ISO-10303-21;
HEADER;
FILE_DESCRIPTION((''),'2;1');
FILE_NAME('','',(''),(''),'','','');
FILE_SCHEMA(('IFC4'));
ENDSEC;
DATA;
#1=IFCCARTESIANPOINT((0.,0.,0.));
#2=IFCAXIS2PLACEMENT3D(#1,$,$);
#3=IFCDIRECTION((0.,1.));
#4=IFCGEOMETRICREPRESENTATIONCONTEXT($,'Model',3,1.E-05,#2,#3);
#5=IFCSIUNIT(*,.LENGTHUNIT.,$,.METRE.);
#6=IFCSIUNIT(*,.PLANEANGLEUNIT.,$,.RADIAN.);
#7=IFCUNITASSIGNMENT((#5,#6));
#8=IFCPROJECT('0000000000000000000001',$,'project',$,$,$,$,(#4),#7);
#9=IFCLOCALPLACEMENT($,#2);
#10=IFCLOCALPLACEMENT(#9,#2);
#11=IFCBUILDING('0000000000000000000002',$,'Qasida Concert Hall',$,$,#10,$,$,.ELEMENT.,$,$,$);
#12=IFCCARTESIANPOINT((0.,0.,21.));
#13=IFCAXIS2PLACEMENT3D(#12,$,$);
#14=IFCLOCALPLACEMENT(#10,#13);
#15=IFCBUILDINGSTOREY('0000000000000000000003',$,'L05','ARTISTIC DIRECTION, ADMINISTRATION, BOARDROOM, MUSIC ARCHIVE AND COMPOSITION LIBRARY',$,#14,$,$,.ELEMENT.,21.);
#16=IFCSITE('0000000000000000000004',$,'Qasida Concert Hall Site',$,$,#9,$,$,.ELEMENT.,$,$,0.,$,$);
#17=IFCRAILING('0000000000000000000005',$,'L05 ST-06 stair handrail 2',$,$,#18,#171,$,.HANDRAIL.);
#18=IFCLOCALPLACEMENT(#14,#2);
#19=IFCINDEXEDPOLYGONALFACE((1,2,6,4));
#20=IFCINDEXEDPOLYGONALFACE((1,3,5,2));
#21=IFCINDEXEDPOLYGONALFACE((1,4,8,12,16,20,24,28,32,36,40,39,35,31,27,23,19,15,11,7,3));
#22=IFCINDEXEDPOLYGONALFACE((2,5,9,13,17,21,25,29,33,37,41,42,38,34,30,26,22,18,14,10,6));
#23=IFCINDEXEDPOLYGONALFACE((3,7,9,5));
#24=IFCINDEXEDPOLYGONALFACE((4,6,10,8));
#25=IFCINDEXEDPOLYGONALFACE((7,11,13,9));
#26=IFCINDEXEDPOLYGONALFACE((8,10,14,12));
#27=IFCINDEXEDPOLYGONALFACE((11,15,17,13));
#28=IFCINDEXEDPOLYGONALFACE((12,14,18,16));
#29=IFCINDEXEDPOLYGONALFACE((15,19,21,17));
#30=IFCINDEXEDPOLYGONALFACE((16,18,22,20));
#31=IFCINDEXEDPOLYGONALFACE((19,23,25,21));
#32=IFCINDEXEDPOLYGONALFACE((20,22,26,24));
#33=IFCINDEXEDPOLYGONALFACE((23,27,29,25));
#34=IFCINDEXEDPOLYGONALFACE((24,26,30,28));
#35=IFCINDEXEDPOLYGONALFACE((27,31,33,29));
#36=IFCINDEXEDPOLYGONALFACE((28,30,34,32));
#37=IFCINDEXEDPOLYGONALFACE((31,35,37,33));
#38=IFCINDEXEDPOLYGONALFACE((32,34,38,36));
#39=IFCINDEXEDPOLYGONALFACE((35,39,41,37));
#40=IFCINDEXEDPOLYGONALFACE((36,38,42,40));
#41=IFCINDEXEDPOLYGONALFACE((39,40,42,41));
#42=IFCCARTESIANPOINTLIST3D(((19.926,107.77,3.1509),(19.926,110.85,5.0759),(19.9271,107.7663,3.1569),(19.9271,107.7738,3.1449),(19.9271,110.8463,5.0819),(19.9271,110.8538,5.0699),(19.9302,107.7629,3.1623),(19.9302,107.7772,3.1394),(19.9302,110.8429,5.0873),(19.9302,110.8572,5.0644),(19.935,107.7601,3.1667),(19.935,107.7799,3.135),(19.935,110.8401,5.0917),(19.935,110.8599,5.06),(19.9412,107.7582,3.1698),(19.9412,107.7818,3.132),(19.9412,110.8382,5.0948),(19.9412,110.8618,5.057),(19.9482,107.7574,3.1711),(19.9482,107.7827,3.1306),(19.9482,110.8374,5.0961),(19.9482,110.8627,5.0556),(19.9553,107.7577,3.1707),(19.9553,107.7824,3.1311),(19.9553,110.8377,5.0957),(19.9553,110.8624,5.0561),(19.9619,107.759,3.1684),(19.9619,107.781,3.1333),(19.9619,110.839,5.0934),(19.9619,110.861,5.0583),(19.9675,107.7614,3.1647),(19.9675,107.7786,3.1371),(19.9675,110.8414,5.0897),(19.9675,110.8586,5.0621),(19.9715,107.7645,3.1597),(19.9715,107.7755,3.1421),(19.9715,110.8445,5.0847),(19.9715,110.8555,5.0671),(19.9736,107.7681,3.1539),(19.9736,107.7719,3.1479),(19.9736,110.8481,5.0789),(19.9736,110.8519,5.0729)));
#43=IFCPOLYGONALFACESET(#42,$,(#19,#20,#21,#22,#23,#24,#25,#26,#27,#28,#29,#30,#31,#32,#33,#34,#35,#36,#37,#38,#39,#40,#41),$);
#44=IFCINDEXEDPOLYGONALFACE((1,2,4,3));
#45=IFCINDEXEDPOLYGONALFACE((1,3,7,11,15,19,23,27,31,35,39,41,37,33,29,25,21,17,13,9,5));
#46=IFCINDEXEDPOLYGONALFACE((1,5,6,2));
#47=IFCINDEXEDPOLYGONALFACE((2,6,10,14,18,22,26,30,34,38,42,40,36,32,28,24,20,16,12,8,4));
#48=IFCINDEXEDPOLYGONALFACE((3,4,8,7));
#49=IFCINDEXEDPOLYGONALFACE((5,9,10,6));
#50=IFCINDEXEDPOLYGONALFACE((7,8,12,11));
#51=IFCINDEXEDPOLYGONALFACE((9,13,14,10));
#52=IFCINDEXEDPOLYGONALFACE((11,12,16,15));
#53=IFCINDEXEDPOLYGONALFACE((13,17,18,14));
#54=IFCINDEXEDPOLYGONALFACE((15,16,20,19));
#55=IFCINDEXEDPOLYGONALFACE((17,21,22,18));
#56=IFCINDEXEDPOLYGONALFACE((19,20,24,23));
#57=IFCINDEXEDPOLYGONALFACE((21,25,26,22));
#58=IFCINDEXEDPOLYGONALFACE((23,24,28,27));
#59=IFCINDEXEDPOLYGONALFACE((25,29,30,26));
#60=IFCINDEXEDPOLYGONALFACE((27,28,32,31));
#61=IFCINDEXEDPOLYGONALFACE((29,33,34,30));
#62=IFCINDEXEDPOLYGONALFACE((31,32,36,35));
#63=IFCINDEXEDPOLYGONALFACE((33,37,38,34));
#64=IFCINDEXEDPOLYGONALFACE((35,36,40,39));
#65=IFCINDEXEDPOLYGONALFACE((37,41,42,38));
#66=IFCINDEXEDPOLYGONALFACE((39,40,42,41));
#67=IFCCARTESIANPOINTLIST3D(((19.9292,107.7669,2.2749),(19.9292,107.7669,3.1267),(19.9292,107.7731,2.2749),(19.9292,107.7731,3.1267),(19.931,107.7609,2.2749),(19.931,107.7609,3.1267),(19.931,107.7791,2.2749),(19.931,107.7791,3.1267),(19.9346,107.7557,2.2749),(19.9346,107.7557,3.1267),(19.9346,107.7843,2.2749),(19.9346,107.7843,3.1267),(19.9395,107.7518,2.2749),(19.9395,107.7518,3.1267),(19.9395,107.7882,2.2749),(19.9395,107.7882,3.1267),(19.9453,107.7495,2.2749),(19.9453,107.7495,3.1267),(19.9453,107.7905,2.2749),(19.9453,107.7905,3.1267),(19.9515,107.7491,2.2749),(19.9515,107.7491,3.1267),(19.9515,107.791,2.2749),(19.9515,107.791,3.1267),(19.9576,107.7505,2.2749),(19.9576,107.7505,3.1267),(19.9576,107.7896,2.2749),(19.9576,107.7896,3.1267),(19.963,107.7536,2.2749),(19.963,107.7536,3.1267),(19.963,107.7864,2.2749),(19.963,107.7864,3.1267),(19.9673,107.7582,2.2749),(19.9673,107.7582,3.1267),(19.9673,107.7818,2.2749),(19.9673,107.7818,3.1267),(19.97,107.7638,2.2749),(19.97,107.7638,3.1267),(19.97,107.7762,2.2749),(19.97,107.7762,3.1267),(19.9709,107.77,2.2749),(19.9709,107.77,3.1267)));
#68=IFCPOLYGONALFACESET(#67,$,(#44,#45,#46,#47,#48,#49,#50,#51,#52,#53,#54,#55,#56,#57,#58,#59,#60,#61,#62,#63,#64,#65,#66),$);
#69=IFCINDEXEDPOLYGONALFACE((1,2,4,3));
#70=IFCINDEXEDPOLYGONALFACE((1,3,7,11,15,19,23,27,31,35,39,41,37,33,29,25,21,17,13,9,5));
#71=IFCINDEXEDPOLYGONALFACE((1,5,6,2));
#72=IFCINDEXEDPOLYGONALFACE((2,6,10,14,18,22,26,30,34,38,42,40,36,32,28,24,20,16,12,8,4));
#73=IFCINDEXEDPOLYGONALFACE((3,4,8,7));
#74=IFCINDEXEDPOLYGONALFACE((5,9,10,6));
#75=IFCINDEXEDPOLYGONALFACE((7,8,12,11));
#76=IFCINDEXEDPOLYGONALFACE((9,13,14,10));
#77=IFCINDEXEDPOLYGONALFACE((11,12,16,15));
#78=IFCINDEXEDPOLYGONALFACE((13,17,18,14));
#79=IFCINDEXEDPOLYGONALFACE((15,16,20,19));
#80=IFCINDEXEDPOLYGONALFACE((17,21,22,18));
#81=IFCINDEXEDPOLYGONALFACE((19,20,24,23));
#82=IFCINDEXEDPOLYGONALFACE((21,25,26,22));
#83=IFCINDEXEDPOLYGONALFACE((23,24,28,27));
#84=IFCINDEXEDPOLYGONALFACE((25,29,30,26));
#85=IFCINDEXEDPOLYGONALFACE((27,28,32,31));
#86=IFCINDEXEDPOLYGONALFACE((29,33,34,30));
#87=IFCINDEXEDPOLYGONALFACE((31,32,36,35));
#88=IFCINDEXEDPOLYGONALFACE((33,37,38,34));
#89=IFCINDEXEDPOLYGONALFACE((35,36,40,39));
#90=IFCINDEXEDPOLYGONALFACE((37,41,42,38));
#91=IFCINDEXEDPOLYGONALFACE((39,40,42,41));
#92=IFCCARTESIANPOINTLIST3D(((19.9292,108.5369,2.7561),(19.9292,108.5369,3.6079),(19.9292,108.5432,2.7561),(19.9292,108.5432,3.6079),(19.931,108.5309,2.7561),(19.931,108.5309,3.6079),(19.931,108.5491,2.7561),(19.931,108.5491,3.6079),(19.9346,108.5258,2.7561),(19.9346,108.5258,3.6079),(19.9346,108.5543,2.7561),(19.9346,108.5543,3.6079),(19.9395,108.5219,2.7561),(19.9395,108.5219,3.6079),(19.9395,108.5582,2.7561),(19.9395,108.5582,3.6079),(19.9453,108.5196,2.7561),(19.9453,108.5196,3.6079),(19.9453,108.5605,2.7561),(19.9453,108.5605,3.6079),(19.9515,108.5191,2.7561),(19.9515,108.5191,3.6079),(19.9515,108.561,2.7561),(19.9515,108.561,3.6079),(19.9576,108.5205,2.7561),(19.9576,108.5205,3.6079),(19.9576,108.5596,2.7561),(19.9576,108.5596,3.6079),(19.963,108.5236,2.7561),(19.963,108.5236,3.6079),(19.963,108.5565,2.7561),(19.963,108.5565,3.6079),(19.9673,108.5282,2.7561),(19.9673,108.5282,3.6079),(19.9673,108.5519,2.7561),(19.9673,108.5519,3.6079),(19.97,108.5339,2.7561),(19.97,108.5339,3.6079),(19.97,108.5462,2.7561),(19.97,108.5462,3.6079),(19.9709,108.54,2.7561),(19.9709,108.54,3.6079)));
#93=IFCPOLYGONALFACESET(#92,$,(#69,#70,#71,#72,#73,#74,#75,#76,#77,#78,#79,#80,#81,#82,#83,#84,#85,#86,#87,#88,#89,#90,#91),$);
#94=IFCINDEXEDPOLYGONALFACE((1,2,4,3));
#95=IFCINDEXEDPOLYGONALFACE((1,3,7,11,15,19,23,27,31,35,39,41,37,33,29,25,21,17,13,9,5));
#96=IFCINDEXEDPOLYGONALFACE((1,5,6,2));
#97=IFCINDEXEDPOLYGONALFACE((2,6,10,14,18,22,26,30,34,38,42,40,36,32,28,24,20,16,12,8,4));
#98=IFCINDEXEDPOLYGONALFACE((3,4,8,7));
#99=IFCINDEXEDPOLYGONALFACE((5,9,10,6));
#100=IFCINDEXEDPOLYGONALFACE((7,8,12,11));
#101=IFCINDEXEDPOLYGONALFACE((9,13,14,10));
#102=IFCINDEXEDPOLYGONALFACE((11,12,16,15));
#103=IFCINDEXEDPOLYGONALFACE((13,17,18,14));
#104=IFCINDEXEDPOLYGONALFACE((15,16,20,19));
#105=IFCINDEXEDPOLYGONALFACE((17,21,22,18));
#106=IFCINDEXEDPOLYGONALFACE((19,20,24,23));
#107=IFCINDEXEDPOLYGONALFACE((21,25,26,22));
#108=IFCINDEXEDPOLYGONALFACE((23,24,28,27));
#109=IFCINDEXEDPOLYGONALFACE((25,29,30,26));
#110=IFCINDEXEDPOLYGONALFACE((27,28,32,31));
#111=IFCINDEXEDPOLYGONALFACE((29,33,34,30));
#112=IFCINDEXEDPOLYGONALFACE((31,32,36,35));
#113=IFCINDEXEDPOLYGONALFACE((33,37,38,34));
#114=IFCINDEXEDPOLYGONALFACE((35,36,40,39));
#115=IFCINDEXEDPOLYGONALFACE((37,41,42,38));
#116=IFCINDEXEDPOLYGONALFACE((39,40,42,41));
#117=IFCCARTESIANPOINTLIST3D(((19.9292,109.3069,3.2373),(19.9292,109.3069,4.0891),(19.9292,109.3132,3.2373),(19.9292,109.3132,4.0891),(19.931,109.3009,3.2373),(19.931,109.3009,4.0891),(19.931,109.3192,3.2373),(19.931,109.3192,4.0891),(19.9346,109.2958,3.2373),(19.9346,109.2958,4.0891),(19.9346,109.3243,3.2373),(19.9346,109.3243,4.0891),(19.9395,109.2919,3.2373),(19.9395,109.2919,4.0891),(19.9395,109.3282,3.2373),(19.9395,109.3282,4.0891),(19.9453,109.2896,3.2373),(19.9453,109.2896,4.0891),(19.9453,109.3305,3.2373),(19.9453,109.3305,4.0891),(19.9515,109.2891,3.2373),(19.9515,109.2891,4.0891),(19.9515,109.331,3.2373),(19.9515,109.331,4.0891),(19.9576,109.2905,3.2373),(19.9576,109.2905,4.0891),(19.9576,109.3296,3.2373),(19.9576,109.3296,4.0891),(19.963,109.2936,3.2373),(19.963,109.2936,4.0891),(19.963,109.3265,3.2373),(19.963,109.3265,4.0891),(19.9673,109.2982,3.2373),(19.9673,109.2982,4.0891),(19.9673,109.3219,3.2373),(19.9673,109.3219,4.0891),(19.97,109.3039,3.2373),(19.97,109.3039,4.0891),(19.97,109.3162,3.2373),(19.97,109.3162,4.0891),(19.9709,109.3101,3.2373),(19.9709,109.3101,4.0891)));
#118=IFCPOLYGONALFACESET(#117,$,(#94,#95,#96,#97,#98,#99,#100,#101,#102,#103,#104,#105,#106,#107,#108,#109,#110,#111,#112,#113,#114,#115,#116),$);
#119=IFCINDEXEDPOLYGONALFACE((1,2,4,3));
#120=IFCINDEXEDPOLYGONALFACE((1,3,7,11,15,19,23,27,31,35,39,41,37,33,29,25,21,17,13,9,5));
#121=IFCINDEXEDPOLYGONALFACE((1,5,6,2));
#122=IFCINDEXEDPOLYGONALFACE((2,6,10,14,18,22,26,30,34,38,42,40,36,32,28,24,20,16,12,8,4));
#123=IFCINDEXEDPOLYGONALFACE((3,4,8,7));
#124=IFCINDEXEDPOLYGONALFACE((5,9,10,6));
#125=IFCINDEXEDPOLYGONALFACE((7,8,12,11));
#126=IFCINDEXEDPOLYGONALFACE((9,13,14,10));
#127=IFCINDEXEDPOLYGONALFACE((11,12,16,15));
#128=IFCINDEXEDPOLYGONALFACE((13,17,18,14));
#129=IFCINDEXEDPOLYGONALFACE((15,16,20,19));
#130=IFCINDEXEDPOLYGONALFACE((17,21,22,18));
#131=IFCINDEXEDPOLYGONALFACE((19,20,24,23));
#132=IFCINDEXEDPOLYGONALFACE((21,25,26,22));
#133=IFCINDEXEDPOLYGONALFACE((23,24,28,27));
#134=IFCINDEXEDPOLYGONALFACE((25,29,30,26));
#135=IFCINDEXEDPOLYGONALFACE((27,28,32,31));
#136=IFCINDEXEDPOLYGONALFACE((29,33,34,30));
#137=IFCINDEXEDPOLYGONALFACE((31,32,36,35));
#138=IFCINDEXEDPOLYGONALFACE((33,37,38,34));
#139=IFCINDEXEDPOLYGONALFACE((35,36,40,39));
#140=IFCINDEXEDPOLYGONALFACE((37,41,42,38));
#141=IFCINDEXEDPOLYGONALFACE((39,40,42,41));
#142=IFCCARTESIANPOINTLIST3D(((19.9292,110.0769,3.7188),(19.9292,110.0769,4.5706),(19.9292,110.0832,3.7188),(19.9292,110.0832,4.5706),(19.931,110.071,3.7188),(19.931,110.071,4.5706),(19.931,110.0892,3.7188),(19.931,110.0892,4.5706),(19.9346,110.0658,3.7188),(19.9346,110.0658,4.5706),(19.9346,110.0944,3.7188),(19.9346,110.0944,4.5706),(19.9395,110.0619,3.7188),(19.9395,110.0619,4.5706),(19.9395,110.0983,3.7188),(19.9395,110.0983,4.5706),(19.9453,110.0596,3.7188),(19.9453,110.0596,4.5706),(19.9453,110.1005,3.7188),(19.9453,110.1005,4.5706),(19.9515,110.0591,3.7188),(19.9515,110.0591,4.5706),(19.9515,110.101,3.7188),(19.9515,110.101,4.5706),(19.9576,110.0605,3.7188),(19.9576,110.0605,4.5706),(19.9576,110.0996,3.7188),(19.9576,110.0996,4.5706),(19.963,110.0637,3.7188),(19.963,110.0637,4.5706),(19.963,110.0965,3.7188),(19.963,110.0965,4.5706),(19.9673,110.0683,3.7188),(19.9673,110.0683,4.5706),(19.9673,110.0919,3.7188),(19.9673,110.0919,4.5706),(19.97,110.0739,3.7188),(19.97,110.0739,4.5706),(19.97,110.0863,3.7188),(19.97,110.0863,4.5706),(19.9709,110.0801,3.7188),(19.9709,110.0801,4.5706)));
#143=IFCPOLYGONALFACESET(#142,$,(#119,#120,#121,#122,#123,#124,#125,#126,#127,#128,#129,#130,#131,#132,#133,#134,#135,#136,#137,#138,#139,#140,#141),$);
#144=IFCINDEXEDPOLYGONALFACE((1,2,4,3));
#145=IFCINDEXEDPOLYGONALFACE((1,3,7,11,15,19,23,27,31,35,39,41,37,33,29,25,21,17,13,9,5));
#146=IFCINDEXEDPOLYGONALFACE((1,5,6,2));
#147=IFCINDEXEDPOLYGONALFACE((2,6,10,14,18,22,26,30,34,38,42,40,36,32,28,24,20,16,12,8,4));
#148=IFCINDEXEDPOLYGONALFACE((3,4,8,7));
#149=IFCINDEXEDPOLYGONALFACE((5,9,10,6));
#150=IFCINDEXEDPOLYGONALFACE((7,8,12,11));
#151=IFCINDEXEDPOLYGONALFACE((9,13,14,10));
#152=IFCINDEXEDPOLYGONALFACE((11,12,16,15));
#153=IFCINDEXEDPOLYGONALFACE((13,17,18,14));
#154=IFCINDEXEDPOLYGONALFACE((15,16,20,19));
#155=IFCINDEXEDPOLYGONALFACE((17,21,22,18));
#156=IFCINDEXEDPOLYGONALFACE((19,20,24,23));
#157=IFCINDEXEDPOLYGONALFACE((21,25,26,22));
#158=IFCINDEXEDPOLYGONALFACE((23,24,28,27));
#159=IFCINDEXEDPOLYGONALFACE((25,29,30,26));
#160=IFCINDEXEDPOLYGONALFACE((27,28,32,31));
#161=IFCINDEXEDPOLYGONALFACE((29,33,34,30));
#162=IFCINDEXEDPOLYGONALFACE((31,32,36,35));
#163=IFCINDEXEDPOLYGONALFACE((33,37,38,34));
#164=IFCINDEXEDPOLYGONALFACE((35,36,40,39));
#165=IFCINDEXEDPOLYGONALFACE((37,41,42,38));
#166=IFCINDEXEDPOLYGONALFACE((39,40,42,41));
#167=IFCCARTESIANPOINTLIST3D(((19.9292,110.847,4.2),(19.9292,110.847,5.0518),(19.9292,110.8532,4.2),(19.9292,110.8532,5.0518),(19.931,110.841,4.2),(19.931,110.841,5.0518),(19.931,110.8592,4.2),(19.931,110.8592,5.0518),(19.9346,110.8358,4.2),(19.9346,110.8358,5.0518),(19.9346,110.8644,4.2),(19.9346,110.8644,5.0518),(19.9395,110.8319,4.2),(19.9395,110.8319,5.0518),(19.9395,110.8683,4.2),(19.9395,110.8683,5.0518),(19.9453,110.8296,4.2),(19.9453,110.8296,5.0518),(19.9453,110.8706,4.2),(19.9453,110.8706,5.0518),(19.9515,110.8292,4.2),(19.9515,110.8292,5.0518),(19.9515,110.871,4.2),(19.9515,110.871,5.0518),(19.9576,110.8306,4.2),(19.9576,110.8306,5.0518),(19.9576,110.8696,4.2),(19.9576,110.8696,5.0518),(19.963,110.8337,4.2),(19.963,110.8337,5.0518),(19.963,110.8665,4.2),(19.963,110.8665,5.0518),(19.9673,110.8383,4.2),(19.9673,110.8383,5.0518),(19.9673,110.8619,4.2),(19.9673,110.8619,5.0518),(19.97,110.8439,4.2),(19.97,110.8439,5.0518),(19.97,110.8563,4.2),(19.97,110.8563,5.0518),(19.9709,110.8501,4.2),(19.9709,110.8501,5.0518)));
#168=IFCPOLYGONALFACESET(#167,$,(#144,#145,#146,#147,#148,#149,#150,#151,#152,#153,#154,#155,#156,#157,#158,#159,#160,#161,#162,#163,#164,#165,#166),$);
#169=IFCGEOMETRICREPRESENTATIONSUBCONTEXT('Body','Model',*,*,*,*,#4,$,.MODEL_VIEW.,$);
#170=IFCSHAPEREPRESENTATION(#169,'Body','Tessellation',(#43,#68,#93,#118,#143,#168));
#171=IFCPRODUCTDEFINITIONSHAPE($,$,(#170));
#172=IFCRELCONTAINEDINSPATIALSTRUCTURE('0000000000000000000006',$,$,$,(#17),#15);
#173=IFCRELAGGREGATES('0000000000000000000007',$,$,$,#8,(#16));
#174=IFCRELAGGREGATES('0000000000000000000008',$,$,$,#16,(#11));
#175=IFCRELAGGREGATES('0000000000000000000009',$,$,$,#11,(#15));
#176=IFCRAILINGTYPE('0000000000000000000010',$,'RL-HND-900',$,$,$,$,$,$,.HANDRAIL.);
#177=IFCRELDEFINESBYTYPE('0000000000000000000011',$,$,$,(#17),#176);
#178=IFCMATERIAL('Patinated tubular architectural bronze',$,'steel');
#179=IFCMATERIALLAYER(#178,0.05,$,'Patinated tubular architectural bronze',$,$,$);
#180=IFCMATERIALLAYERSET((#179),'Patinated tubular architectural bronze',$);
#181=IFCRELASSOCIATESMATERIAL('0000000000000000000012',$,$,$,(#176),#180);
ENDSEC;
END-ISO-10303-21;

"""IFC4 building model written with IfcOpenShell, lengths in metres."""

from ifc_helpers import new_model, si_unit, direction, frame, origin, origin_2d, place, context, subcontext, project, spatial, circle, extrude, material, layer, layer_set, type_object, element, save


model = new_model("IFC4")

# Units and contexts
model_context = context("Model", 3, precision=1e-05, world=origin(), true_north=direction((0.0, 1.0)))
body_context = subcontext(model_context, "Body", "Model", "MODEL_VIEW")
ifc_project = project(units=[si_unit("LENGTHUNIT", "METRE"), si_unit("PLANEANGLEUNIT", "RADIAN")], contexts=[model_context])

# Site, building, storey
site_placement = place(None, origin())
site = spatial("IfcSite", under=ifc_project, at=site_placement, Name="Qasida Concert Hall Site", CompositionType="ELEMENT", RefElevation=0.0)
building_placement = place(site_placement, origin())
building = spatial("IfcBuilding", under=site, at=building_placement, Name="Qasida Concert Hall", CompositionType="ELEMENT")
storey_placement = place(building_placement, frame((0.0, 0.0, 21.0)))
storey = spatial("IfcBuildingStorey", under=building, at=storey_placement, Name="L05", Description="ARTISTIC DIRECTION, ADMINISTRATION, BOARDROOM, MUSIC ARCHIVE AND COMPOSITION LIBRARY", CompositionType="ELEMENT", Elevation=21.0)

# Railing
ifc_material_1 = material(Name="Patinated tubular architectural bronze", Category="steel")
ifc_layer_1 = layer(ifc_material_1, 0.05, Name="Patinated tubular architectural bronze")
ifc_layer_set_1 = layer_set([ifc_layer_1], Name="Patinated tubular architectural bronze")
railing_type_1 = type_object("IfcRailingType", Name="RL-HND-900", PredefinedType="HANDRAIL", material=ifc_layer_set_1)
railing_1_placement = place(storey_placement, frame((19.95, 107.77, 2.2749)))
element("IfcRailing", 1, at=railing_1_placement, inside=storey, type_object=railing_type_1, Name="L05 ST-06 stair handrail 2", PredefinedType="HANDRAIL", context=body_context, shape_type="SweptSolid", body=[
    extrude(circle(Radius=0.0239, at=origin_2d()), frame((0.0, 0.0, 0.876), z_axis=(0.0, 0.847998, 0.529999), x_axis=(-1.0, 0.0, 0.0)), (0.0, 0.0, 1.0), 3.6321),
    extrude(circle(Radius=0.021, at=origin_2d()), origin(), (0.0, 0.0, 1.0), 0.8518),
    extrude(circle(Radius=0.021, at=origin_2d()), frame((0.0, 0.77, 0.4812)), (0.0, 0.0, 1.0), 0.8518),
    extrude(circle(Radius=0.021, at=origin_2d()), frame((0.0, 1.54, 0.9624)), (0.0, 0.0, 1.0), 0.8518),
    extrude(circle(Radius=0.021, at=origin_2d()), frame((0.0, 2.3101, 1.4438)), (0.0, 0.0, 1.0), 0.8518),
    extrude(circle(Radius=0.021, at=origin_2d()), frame((0.0, 3.0801, 1.925)), (0.0, 0.0, 1.0), 0.8518),
])

save(model, "model.ifc")
